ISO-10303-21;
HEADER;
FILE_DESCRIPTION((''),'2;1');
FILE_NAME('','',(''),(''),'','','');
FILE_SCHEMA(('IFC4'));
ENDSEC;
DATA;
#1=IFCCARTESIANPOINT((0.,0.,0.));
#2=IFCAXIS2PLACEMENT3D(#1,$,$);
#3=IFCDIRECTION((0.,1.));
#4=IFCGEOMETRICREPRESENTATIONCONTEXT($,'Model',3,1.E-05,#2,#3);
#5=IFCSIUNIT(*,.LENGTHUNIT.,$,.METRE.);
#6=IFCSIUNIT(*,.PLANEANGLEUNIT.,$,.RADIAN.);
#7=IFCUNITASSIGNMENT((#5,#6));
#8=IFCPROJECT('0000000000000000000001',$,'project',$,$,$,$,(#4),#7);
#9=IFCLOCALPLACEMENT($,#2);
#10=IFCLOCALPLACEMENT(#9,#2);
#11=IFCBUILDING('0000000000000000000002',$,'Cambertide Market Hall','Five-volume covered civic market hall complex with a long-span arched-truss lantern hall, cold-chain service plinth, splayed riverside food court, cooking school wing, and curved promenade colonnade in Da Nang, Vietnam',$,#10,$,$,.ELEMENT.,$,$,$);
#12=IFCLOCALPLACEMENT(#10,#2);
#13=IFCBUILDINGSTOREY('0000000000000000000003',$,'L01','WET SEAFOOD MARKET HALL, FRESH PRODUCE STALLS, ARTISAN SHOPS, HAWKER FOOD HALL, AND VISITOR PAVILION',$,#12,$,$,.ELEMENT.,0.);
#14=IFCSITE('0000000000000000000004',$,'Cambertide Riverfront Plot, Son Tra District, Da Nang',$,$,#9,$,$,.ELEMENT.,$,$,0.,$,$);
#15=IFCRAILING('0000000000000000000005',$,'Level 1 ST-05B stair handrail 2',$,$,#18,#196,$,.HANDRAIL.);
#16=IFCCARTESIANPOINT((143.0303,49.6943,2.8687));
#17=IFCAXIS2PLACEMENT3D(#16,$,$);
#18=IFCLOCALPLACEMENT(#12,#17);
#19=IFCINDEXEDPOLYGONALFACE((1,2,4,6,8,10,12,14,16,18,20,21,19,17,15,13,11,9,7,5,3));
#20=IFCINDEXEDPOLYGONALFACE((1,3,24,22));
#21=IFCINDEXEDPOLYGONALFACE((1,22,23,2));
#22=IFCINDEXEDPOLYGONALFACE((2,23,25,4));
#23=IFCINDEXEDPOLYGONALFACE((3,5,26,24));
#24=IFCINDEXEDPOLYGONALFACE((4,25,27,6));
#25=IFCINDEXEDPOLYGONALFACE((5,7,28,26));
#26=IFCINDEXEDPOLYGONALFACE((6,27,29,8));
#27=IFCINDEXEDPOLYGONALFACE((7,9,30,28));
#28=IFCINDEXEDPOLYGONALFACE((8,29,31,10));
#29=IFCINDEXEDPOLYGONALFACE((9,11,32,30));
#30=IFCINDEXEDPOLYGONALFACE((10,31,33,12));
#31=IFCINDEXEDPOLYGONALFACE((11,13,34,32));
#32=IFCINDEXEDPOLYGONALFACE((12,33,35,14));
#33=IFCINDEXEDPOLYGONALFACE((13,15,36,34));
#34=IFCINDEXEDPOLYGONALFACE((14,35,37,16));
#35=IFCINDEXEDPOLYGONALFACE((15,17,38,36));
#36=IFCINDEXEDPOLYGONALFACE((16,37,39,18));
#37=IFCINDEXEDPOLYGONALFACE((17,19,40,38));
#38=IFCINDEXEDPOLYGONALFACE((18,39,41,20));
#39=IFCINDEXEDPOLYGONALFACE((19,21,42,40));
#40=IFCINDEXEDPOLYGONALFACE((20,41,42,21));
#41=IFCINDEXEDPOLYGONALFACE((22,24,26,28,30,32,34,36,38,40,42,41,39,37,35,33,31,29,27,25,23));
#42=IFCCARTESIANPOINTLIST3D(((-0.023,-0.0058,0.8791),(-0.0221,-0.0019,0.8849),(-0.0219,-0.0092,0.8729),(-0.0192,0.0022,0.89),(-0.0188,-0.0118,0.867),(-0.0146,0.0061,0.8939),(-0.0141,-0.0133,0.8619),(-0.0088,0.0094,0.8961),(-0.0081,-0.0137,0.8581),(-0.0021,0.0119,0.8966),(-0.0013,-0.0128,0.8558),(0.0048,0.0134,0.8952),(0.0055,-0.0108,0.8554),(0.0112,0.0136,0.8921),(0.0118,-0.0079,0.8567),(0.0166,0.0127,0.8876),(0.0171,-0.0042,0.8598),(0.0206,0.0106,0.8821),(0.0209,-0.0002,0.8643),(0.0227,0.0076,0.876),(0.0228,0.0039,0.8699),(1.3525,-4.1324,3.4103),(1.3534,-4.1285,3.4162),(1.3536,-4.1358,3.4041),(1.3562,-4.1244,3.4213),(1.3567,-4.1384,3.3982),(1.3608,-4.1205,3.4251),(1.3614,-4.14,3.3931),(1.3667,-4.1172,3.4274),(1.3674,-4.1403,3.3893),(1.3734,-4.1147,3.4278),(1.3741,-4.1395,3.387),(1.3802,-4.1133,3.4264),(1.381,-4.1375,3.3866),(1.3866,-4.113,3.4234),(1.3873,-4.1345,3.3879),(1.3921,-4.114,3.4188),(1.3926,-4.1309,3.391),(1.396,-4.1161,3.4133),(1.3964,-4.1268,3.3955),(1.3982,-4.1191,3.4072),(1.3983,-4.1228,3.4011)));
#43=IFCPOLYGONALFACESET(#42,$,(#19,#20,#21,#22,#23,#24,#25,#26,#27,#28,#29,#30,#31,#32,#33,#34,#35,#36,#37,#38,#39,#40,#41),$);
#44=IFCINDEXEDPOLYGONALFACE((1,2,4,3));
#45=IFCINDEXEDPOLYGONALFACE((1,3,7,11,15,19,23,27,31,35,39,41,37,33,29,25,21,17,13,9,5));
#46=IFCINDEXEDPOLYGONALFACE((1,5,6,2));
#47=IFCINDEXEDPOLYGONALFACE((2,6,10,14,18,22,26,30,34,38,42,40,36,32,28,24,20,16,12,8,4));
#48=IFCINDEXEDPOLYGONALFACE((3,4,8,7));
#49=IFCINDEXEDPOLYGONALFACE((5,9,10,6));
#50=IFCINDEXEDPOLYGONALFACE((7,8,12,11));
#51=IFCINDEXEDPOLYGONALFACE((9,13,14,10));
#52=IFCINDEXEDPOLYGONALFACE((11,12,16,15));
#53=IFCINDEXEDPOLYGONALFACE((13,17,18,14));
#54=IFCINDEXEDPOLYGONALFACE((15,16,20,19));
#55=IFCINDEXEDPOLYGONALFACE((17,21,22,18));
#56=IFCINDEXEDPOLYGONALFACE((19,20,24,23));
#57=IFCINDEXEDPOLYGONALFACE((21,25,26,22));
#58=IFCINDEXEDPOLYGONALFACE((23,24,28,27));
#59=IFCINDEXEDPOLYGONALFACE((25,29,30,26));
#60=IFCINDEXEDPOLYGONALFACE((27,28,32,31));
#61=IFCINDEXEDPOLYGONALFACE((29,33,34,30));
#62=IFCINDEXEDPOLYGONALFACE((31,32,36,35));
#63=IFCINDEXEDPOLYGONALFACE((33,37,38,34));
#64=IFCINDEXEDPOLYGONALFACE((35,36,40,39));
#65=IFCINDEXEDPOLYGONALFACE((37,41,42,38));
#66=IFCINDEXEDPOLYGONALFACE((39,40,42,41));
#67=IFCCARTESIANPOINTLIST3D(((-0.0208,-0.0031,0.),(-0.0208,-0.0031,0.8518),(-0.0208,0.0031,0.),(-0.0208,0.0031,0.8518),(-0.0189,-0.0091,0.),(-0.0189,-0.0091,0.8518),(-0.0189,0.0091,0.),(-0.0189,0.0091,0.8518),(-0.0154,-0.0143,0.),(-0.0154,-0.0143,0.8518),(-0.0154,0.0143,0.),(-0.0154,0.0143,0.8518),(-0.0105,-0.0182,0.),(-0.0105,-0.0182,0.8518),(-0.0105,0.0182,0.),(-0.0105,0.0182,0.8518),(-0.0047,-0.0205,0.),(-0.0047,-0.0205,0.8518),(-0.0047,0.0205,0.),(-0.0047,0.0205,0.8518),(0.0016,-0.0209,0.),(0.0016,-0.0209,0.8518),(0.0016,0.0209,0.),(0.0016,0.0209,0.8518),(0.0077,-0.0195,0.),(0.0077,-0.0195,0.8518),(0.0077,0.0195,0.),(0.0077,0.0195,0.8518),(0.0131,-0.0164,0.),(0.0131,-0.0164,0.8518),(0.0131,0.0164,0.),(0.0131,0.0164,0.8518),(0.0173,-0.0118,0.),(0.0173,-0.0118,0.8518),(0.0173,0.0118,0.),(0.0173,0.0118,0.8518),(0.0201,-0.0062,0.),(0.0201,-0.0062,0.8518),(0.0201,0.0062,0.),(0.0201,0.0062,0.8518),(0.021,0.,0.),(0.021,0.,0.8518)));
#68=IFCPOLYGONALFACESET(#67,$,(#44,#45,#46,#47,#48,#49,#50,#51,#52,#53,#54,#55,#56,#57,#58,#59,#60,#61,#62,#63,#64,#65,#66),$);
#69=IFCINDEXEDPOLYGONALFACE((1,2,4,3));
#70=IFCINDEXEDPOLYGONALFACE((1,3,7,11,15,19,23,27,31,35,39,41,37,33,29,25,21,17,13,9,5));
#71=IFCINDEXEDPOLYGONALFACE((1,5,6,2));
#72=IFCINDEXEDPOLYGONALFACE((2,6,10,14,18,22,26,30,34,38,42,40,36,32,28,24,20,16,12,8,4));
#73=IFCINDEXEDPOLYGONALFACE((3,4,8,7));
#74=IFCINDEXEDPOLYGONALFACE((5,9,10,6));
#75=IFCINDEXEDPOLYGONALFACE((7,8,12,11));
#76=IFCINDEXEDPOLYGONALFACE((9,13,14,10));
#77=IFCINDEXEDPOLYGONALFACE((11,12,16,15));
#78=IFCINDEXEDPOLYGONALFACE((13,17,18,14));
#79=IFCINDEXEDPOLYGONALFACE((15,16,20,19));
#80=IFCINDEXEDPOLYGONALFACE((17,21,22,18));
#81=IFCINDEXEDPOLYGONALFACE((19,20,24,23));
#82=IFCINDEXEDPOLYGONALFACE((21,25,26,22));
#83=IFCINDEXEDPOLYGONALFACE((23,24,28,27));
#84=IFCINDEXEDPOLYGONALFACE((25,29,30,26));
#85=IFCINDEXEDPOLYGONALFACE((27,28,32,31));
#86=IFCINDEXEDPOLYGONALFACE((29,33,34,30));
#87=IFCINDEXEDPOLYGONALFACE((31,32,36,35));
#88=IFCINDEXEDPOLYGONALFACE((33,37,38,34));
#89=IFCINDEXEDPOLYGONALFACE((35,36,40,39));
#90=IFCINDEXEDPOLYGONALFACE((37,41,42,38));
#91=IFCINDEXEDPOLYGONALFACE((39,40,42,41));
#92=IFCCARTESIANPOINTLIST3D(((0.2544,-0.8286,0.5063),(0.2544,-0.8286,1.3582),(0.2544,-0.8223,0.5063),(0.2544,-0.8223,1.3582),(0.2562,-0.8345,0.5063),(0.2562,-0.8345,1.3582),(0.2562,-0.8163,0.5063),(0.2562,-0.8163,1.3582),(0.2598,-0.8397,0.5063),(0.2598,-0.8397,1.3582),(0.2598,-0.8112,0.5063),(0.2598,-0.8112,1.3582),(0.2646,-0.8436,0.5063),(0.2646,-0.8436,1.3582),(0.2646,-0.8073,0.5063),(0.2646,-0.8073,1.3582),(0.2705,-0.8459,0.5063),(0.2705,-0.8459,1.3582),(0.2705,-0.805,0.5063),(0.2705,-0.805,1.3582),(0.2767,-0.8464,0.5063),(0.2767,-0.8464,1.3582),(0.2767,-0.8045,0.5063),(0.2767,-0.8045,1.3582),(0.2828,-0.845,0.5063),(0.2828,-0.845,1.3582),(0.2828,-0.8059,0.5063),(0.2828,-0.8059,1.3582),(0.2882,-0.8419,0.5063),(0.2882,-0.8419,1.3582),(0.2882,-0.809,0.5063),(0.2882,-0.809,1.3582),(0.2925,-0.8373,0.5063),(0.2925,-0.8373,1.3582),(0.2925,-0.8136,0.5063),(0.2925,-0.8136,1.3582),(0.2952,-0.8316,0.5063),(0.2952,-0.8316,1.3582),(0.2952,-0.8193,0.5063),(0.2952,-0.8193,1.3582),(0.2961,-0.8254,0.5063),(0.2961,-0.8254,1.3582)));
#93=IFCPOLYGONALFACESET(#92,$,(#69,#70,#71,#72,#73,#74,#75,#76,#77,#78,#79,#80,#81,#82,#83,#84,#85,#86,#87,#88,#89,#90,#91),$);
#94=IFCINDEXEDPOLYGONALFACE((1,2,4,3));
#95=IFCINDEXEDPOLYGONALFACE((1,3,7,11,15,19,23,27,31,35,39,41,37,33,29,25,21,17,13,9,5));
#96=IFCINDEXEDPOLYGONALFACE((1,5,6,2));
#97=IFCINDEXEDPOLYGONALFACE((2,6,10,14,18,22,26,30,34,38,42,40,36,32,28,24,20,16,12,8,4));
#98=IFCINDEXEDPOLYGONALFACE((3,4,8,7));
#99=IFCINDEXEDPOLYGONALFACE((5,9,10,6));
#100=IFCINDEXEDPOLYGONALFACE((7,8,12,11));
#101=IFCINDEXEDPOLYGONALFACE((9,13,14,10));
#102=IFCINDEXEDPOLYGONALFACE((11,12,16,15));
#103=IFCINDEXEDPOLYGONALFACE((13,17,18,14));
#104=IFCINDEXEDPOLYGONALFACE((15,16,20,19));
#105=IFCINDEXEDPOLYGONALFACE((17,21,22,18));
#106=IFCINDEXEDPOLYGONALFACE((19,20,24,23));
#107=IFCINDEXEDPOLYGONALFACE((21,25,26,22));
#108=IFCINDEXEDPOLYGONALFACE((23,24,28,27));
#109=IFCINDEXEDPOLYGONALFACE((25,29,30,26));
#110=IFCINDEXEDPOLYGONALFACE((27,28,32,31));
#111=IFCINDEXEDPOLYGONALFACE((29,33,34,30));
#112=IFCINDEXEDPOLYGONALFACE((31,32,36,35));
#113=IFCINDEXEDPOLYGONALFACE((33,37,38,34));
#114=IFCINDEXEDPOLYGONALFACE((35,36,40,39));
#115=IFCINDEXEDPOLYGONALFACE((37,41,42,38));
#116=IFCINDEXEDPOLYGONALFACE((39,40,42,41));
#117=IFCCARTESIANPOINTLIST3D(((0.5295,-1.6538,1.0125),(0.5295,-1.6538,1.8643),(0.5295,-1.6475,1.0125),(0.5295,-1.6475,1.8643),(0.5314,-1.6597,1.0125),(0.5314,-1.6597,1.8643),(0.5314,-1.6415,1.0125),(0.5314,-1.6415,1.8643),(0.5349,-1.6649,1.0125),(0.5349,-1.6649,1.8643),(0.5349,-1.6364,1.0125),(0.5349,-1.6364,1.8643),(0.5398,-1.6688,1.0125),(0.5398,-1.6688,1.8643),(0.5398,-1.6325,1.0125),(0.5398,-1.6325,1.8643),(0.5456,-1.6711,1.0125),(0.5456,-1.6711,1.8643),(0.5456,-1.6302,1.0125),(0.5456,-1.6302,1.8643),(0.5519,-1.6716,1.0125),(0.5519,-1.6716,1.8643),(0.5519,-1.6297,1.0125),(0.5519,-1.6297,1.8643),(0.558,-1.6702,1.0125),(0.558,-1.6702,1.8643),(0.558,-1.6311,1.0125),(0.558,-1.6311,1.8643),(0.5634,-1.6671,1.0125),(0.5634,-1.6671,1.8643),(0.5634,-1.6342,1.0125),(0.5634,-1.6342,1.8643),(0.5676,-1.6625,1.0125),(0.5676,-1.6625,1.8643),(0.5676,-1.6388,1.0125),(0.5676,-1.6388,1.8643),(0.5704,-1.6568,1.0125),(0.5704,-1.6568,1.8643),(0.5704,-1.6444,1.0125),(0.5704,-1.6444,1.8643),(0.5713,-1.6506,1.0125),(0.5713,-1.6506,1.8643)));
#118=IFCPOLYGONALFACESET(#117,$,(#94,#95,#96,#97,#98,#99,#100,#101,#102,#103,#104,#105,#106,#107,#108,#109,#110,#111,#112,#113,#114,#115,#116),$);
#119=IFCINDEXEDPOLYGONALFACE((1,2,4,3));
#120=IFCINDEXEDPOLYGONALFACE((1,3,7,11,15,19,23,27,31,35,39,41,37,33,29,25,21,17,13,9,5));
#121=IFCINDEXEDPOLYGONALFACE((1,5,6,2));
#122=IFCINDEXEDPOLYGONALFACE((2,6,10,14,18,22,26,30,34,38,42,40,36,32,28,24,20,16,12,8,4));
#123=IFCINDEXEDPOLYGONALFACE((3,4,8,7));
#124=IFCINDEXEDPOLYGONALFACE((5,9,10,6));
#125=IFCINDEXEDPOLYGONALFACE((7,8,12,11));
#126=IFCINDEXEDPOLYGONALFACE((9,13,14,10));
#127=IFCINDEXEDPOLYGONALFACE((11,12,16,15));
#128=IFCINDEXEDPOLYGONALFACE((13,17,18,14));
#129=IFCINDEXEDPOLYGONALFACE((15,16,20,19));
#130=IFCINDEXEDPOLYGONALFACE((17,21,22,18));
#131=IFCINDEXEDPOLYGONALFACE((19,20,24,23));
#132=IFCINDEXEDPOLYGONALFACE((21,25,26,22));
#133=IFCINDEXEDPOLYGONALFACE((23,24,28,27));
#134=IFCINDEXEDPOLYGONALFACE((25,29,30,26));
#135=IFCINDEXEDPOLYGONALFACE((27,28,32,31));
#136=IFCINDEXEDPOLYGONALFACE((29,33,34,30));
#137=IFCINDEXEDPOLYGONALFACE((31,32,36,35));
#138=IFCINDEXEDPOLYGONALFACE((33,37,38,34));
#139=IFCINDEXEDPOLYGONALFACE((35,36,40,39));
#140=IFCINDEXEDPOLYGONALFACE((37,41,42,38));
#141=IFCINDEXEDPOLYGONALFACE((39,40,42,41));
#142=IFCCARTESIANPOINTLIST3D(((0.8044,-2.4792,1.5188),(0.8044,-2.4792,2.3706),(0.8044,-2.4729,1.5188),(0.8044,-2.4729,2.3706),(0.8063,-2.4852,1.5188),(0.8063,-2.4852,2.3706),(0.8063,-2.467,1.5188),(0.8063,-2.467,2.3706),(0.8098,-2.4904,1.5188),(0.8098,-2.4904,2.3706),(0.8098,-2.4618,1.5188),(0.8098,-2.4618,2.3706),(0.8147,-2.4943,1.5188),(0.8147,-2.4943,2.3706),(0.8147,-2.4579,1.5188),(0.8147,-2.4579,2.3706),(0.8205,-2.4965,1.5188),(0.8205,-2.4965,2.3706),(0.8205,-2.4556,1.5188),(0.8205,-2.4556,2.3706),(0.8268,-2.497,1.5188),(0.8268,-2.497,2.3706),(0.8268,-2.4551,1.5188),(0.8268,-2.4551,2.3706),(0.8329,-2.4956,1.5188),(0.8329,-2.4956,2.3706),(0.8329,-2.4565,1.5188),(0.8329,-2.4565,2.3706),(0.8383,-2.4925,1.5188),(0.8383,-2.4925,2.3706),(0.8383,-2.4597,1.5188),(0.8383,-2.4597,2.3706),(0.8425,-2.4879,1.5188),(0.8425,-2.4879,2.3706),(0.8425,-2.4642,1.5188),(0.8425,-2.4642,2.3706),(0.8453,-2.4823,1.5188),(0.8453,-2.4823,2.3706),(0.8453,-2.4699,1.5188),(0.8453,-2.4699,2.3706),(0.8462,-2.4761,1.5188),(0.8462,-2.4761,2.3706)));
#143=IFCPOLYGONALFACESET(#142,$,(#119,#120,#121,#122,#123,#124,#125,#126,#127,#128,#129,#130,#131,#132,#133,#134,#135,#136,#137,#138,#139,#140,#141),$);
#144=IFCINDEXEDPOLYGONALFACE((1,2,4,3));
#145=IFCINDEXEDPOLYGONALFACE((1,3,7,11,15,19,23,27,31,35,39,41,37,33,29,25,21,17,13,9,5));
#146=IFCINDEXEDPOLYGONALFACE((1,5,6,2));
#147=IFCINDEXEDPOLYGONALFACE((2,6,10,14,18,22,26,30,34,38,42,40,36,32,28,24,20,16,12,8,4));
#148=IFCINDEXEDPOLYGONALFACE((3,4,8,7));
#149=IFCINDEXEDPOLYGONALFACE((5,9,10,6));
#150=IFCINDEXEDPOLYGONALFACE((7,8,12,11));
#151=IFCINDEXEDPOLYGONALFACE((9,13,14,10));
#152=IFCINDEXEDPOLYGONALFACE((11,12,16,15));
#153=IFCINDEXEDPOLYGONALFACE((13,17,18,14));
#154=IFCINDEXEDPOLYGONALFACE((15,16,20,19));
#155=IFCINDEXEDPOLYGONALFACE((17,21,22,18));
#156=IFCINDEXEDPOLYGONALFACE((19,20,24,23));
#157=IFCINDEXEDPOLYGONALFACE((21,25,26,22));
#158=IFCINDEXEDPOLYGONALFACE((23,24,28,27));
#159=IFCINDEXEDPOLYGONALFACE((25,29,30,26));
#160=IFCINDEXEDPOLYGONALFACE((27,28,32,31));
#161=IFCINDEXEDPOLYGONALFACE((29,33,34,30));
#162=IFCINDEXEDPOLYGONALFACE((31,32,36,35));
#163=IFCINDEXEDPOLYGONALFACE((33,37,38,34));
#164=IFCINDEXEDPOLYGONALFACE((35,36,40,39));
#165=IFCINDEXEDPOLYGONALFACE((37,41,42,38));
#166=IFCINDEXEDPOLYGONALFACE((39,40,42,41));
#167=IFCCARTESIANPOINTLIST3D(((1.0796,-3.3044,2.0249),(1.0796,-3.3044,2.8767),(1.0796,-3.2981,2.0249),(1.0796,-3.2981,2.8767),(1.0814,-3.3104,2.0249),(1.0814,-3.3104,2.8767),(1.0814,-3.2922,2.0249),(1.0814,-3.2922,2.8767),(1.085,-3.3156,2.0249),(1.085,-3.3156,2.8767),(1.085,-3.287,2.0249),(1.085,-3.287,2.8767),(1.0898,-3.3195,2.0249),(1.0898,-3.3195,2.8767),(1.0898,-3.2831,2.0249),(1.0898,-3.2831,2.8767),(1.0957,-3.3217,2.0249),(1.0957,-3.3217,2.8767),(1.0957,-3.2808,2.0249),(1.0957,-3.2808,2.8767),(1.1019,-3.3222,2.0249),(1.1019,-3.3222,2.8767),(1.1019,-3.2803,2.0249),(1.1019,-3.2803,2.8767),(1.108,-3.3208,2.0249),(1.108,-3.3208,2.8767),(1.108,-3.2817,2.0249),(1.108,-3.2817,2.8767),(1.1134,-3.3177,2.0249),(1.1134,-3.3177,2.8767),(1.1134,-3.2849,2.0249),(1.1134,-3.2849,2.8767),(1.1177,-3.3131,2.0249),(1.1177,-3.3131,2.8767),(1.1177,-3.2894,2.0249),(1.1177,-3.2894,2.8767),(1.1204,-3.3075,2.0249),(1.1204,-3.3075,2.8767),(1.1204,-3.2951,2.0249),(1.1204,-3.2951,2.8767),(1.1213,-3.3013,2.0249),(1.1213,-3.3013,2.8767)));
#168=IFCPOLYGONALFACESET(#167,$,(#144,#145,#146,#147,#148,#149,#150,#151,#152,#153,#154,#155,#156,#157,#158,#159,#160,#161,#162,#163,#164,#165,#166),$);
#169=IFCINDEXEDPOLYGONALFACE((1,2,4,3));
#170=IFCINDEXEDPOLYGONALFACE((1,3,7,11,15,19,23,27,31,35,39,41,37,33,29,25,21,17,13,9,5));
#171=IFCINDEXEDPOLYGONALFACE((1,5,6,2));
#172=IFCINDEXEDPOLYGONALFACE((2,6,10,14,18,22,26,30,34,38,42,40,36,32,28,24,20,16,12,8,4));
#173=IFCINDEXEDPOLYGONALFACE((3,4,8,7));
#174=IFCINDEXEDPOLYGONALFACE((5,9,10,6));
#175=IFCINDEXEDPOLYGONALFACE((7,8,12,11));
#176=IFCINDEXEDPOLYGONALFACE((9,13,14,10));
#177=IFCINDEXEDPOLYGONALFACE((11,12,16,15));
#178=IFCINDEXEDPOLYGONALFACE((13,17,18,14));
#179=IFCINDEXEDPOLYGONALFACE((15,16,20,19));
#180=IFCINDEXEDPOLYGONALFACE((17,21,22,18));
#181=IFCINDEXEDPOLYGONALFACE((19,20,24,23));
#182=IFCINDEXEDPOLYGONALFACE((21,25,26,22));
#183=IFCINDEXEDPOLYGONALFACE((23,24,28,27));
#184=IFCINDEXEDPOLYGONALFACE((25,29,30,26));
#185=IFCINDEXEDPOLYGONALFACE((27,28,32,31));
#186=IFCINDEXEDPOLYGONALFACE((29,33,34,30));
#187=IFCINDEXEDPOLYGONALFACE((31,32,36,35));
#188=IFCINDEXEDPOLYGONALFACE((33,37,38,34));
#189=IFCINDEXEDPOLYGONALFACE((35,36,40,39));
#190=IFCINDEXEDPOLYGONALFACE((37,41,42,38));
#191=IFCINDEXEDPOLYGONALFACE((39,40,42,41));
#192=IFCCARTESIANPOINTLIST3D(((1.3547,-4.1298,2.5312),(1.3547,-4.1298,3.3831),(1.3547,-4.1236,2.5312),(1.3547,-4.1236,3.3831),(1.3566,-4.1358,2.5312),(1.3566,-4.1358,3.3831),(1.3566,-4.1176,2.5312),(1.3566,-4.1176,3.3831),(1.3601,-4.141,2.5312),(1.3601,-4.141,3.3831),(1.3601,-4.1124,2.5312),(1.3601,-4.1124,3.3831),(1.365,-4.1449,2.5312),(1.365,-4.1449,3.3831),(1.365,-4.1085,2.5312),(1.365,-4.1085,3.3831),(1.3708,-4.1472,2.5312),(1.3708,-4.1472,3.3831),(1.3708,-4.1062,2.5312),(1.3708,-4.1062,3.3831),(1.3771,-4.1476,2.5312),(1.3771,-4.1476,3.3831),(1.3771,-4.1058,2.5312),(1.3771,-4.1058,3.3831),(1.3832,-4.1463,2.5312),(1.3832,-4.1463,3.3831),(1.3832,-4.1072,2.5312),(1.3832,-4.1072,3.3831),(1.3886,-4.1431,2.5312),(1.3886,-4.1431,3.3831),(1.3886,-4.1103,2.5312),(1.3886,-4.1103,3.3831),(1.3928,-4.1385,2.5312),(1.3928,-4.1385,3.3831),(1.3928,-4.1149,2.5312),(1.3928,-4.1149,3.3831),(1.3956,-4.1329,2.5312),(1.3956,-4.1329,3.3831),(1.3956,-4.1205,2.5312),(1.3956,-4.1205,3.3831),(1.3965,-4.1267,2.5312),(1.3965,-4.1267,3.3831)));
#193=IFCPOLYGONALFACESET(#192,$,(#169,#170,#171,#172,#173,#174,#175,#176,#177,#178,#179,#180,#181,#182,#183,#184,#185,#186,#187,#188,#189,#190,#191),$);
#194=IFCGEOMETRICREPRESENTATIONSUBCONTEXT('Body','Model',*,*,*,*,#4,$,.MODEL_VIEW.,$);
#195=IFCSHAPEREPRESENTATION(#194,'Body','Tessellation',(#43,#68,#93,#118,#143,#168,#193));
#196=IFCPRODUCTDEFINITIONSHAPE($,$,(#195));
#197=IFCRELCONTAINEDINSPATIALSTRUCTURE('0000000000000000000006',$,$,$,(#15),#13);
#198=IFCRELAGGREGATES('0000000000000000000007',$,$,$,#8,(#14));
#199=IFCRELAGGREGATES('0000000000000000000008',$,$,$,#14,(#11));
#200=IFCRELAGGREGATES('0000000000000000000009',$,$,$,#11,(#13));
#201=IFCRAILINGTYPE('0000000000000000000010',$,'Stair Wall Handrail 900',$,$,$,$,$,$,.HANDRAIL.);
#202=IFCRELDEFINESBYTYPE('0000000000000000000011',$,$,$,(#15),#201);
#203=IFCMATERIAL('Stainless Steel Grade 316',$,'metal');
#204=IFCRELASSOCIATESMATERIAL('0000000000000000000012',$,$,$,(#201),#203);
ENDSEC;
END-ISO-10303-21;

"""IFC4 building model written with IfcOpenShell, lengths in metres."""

from ifc_helpers import new_model, si_unit, direction, frame, origin, origin_2d, place, context, subcontext, project, spatial, circle, extrude, material, type_object, element, save


model = new_model("IFC4")

# Units and contexts
model_context = context("Model", 3, precision=1e-05, world=origin(), true_north=direction((0.0, 1.0)))
body_context = subcontext(model_context, "Body", "Model", "MODEL_VIEW")
ifc_project = project(units=[si_unit("LENGTHUNIT", "METRE"), si_unit("PLANEANGLEUNIT", "RADIAN")], contexts=[model_context])

# Site, building, storey
site_placement = place(None, origin())
site = spatial("IfcSite", under=ifc_project, at=site_placement, Name="Cambertide Riverfront Plot, Son Tra District, Da Nang", CompositionType="ELEMENT", RefElevation=0.0)
building_placement = place(site_placement, origin())
building = spatial("IfcBuilding", under=site, at=building_placement, Name="Cambertide Market Hall", Description="Five-volume covered civic market hall complex with a long-span arched-truss lantern hall, cold-chain service plinth, splayed riverside food court, cooking school wing, and curved promenade colonnade in Da Nang, Vietnam", CompositionType="ELEMENT")
storey_placement = place(building_placement, origin())
storey = spatial("IfcBuildingStorey", under=building, at=storey_placement, Name="L01", Description="WET SEAFOOD MARKET HALL, FRESH PRODUCE STALLS, ARTISAN SHOPS, HAWKER FOOD HALL, AND VISITOR PAVILION", CompositionType="ELEMENT", Elevation=0.0)

# Railing
ifc_material_1 = material(Name="Stainless Steel Grade 316", Category="metal")
railing_type_1 = type_object("IfcRailingType", Name="Stair Wall Handrail 900", PredefinedType="HANDRAIL", material=ifc_material_1)
railing_1_placement = place(storey_placement, frame((143.0303, 49.6943, 2.8687)))
element("IfcRailing", 1, at=railing_1_placement, inside=storey, type_object=railing_type_1, Name="Level 1 ST-05B stair handrail 2", PredefinedType="HANDRAIL", context=body_context, shape_type="SweptSolid", body=[
    extrude(circle(Radius=0.0239, at=origin_2d()), frame((0.0, 0.0, 0.876), z_axis=(0.273306, -0.819965, 0.502952), x_axis=(0.948689, 0.316211, 0.0)), (0.0, 0.0, 1.0), 5.0327),
    extrude(circle(Radius=0.021, at=origin_2d()), origin(), (0.0, 0.0, 1.0), 0.8518),
    extrude(circle(Radius=0.021, at=origin_2d()), frame((0.2751, -0.8254, 0.5063)), (0.0, 0.0, 1.0), 0.8518),
    extrude(circle(Radius=0.021, at=origin_2d()), frame((0.5503, -1.6506, 1.0125)), (0.0, 0.0, 1.0), 0.8518),
    extrude(circle(Radius=0.021, at=origin_2d()), frame((0.8252, -2.4761, 1.5188)), (0.0, 0.0, 1.0), 0.8518),
    extrude(circle(Radius=0.021, at=origin_2d()), frame((1.1003, -3.3013, 2.0249)), (0.0, 0.0, 1.0), 0.8518),
    extrude(circle(Radius=0.021, at=origin_2d()), frame((1.3755, -4.1267, 2.5312)), (0.0, 0.0, 1.0), 0.8518),
])

save(model, "model.ifc")
